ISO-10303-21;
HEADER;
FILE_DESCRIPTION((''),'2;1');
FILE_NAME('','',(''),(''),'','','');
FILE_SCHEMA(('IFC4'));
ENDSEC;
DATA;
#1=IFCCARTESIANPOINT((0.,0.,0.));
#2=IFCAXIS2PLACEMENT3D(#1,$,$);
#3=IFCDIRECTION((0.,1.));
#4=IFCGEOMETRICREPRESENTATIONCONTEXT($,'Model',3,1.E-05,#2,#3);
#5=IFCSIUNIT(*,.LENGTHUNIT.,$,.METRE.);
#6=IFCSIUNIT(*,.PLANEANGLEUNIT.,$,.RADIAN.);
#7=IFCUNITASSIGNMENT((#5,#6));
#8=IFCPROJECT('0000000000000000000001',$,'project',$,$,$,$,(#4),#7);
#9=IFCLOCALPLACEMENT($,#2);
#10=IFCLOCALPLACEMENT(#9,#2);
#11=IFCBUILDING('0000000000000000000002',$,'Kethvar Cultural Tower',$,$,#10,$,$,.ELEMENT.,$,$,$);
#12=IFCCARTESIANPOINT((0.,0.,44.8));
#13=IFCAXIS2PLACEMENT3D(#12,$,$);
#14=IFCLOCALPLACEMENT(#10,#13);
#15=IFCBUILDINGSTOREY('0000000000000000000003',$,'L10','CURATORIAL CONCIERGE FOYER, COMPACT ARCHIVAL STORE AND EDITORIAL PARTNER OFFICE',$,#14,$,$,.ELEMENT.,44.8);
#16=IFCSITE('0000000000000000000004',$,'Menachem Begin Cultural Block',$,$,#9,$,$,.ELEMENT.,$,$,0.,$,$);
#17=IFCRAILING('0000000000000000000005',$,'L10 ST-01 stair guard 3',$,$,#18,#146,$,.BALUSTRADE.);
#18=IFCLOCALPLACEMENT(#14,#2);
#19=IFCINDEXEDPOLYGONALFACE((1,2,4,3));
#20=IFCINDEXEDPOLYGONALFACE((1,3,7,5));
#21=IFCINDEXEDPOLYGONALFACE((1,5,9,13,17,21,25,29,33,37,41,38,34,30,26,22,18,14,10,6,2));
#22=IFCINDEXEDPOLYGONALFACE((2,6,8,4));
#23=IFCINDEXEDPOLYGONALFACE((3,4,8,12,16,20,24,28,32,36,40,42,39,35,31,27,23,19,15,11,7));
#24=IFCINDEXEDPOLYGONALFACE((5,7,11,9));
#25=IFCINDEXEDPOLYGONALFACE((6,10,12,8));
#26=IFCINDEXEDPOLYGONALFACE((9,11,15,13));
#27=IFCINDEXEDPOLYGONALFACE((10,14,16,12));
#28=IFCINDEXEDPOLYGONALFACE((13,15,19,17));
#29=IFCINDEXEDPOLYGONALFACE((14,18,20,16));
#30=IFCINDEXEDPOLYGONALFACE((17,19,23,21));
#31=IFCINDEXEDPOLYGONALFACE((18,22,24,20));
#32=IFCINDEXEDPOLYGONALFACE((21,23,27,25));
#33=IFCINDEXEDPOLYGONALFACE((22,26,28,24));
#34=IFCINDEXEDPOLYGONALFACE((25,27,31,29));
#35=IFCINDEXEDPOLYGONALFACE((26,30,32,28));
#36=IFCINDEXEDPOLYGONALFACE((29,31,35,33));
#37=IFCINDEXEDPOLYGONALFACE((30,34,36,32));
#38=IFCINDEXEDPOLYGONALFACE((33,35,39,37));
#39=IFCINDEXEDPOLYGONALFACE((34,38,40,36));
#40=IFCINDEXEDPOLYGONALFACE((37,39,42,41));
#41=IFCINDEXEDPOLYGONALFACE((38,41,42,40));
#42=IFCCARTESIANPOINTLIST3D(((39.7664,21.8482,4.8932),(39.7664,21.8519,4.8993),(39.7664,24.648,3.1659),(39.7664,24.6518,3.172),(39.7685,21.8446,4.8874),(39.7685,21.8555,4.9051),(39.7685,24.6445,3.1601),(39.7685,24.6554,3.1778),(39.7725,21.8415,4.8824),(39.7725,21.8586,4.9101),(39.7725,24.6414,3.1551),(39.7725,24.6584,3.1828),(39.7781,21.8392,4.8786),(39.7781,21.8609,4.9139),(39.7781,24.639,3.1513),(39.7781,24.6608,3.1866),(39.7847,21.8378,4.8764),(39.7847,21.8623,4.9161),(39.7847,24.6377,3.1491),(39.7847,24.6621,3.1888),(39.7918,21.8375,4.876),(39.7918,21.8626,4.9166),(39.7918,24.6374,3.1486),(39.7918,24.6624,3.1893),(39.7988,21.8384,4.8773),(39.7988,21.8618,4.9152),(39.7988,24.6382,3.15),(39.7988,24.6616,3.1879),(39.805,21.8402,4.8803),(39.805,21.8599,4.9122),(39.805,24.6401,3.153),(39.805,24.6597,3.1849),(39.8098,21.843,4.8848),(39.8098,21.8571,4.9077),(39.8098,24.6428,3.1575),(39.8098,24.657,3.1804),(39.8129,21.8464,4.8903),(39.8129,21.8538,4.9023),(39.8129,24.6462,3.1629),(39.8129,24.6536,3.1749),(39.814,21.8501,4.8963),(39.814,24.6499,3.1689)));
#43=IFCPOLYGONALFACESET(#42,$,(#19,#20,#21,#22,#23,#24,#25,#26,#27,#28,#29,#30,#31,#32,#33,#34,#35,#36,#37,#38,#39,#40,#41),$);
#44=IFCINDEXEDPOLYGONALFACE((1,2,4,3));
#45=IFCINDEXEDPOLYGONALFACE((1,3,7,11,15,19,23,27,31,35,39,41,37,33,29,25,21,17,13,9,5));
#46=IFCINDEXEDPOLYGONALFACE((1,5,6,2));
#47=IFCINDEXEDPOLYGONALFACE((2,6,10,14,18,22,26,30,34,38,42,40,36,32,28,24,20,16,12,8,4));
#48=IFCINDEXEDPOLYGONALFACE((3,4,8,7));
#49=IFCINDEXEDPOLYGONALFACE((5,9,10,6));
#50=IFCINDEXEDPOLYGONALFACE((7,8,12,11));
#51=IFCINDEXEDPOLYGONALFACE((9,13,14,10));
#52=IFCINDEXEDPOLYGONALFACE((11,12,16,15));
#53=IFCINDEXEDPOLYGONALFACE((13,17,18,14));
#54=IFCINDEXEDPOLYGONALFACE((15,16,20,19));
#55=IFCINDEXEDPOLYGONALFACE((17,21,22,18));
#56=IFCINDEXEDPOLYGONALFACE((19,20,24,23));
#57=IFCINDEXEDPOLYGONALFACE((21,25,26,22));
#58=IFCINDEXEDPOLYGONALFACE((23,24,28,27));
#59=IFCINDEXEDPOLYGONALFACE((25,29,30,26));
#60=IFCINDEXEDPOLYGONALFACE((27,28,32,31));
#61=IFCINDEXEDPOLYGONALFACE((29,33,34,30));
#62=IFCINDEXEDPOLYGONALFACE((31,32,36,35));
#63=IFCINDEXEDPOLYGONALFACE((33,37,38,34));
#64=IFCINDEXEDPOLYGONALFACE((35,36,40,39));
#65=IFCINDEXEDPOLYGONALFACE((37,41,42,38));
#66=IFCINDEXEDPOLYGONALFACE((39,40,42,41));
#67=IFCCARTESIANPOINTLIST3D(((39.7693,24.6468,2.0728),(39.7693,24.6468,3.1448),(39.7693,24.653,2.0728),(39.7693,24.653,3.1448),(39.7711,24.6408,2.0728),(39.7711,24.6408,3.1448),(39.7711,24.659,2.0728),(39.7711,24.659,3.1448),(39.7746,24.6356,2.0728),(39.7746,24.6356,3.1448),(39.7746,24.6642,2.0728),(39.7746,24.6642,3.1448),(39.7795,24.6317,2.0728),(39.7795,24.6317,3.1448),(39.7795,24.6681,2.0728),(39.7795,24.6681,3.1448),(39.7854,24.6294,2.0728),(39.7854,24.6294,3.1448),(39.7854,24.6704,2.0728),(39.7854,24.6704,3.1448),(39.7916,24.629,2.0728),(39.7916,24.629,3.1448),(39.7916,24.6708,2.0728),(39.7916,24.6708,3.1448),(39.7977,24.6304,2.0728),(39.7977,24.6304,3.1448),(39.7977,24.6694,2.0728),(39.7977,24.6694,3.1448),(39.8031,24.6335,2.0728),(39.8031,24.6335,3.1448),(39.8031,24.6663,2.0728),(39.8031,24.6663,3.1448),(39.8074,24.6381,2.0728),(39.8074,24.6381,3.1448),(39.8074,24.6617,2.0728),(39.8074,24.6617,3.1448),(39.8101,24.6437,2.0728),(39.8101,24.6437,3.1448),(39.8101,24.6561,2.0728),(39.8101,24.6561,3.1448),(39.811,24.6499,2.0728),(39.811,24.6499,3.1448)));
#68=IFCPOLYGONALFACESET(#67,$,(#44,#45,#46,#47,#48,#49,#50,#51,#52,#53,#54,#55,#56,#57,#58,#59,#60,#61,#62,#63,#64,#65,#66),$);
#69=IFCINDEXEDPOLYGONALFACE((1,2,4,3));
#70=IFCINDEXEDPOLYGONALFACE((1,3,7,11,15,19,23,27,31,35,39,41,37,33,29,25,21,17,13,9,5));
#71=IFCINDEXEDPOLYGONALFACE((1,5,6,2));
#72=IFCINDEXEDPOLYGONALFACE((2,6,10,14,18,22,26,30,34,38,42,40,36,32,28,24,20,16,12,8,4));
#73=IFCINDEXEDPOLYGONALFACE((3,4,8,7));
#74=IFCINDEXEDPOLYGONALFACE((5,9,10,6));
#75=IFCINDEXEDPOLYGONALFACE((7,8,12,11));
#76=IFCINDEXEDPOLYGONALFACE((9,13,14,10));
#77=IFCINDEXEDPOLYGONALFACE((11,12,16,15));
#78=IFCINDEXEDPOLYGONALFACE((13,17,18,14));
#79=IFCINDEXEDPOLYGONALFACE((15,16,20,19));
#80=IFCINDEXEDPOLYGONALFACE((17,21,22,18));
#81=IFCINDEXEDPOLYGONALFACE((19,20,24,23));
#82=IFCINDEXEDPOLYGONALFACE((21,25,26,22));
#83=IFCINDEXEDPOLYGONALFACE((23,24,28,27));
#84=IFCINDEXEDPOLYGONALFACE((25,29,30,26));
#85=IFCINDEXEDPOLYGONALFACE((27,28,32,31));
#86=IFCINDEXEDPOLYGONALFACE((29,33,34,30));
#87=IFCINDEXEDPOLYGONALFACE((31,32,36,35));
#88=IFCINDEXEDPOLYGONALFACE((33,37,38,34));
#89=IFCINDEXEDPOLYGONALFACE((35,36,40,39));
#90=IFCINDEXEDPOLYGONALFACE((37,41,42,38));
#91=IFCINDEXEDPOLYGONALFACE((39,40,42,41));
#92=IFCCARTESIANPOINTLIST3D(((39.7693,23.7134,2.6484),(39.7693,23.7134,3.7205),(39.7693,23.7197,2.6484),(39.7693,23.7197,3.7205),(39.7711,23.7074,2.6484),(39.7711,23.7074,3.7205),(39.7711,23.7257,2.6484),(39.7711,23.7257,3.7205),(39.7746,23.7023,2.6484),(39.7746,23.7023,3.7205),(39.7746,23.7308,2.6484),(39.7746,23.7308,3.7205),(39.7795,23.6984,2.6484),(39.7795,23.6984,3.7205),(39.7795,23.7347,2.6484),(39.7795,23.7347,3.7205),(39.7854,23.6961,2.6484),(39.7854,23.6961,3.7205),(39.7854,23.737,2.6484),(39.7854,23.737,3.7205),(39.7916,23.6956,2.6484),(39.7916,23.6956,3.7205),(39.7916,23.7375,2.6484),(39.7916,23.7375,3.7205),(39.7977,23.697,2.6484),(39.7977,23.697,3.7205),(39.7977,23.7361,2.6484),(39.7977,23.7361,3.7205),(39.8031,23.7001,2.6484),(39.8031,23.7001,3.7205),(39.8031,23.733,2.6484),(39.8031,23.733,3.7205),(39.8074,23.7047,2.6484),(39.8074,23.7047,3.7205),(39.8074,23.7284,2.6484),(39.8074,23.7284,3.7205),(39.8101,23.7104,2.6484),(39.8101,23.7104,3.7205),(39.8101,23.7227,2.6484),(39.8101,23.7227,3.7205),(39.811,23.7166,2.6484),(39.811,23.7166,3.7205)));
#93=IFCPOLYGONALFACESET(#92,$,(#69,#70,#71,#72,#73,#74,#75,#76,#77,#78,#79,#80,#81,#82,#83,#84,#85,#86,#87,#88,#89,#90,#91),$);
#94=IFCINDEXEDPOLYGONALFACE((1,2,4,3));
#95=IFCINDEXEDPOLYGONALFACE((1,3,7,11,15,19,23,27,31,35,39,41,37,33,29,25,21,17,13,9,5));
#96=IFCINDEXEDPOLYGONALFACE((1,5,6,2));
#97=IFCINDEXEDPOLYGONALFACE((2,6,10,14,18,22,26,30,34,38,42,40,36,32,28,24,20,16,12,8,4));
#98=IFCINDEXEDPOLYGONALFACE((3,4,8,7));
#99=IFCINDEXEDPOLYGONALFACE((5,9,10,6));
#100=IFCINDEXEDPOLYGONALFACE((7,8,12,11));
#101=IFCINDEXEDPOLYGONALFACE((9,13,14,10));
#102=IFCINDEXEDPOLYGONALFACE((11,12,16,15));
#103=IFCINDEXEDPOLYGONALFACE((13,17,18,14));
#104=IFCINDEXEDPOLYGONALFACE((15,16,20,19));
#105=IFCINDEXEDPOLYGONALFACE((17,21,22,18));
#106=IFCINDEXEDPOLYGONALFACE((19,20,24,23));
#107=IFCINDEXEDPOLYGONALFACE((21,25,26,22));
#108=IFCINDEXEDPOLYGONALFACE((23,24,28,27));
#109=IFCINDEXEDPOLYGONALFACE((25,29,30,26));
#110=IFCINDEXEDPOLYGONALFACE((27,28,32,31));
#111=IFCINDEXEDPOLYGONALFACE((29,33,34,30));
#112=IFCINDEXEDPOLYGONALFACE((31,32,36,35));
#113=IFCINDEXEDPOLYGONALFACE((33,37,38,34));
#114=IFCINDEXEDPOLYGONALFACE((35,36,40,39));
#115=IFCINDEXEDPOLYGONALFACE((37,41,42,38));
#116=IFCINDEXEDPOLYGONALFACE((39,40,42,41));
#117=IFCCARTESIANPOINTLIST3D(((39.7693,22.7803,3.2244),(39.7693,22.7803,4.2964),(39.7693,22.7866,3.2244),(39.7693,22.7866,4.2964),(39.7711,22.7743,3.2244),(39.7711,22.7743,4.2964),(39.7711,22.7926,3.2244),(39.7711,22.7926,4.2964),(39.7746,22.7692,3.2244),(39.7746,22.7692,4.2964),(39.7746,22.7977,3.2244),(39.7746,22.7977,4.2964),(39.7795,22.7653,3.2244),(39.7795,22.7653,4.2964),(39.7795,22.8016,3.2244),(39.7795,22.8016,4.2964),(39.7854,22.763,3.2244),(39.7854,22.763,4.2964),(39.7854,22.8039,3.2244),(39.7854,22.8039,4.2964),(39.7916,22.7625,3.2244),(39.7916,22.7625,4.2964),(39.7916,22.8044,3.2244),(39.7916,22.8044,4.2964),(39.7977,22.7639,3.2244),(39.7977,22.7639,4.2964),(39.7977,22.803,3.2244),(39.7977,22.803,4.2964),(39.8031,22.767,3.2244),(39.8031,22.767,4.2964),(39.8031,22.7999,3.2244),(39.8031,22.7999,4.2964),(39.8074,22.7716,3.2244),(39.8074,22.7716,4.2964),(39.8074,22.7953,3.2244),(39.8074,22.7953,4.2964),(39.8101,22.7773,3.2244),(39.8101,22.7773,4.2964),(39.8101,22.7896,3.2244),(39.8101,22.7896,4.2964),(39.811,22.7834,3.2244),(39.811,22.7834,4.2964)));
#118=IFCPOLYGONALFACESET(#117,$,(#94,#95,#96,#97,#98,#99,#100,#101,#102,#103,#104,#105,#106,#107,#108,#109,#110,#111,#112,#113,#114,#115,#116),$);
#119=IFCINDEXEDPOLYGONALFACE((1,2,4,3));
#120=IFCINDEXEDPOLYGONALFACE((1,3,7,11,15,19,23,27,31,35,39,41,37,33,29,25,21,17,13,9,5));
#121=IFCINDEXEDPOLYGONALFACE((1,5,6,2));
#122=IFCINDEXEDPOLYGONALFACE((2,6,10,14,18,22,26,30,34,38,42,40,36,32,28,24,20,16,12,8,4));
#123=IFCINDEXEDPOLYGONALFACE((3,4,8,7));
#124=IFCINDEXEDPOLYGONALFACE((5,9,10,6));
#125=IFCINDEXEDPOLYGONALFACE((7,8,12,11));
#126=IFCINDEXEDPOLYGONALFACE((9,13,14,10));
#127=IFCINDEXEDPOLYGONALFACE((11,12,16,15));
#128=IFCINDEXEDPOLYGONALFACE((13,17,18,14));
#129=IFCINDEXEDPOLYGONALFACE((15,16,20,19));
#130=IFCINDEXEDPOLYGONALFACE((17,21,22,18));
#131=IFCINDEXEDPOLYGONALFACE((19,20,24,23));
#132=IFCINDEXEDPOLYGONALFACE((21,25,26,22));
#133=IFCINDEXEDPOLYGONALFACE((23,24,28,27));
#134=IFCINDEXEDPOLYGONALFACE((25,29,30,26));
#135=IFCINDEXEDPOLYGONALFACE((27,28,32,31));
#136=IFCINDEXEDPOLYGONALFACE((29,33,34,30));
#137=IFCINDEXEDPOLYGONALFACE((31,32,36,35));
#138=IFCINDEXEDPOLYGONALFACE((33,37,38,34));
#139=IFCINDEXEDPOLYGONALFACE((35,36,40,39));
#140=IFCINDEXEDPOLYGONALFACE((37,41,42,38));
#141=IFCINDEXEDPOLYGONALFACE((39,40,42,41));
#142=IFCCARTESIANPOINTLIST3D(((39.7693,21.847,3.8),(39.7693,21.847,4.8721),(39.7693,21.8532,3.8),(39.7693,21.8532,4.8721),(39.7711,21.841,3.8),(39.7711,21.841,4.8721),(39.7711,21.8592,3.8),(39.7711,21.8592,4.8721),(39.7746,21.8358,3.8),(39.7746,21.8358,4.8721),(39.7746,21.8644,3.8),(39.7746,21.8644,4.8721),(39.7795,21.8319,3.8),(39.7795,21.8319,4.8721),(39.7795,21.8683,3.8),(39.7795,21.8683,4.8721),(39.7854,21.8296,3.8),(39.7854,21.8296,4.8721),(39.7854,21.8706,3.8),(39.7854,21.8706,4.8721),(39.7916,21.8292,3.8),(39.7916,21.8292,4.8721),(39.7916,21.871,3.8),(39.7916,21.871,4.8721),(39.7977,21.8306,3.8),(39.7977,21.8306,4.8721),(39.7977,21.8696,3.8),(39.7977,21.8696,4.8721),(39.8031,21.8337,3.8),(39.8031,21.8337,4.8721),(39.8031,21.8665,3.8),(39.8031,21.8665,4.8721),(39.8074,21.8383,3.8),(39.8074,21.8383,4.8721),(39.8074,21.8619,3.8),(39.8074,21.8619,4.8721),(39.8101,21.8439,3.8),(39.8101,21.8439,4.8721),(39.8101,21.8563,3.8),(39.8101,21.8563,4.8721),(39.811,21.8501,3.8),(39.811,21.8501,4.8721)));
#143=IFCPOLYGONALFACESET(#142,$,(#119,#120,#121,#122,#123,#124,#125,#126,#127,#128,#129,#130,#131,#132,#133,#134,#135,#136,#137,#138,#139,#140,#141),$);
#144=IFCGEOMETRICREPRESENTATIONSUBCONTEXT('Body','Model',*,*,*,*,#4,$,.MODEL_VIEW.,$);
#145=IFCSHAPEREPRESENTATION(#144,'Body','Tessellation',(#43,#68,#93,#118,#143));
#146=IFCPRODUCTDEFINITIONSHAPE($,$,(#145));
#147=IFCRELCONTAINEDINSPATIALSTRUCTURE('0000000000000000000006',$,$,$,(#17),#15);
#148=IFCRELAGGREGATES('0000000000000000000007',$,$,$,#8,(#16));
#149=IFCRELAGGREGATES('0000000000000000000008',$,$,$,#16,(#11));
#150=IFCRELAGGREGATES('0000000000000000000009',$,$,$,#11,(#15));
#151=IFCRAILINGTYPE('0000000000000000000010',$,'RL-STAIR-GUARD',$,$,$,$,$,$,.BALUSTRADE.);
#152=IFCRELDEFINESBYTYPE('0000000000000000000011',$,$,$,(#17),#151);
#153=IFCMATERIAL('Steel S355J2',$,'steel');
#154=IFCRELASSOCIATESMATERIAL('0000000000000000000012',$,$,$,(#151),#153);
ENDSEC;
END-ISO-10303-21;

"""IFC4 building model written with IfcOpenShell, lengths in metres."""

from ifc_helpers import new_model, si_unit, direction, frame, origin, origin_2d, place, context, subcontext, project, spatial, circle, extrude, material, type_object, element, save


model = new_model("IFC4")

# Units and contexts
model_context = context("Model", 3, precision=1e-05, world=origin(), true_north=direction((0.0, 1.0)))
body_context = subcontext(model_context, "Body", "Model", "MODEL_VIEW")
ifc_project = project(units=[si_unit("LENGTHUNIT", "METRE"), si_unit("PLANEANGLEUNIT", "RADIAN")], contexts=[model_context])

# Site, building, storey
site_placement = place(None, origin())
site = spatial("IfcSite", under=ifc_project, at=site_placement, Name="Menachem Begin Cultural Block", CompositionType="ELEMENT", RefElevation=0.0)
building_placement = place(site_placement, origin())
building = spatial("IfcBuilding", under=site, at=building_placement, Name="Kethvar Cultural Tower", CompositionType="ELEMENT")
storey_placement = place(building_placement, frame((0.0, 0.0, 44.8)))
storey = spatial("IfcBuildingStorey", under=building, at=storey_placement, Name="L10", Description="CURATORIAL CONCIERGE FOYER, COMPACT ARCHIVAL STORE AND EDITORIAL PARTNER OFFICE", CompositionType="ELEMENT", Elevation=44.8)

# Shared definitions
ifc_material_1 = material(Name="Steel S355J2", Category="steel")

# Railing
railing_type_1 = type_object("IfcRailingType", Name="RL-STAIR-GUARD", PredefinedType="BALUSTRADE", material=ifc_material_1)
railing_1_placement = place(storey_placement, frame((39.79, 24.6499, 2.0728)))
element("IfcRailing", 1, at=railing_1_placement, inside=storey, type_object=railing_type_1, Name="L10 ST-01 stair guard 3", PredefinedType="BALUSTRADE", context=body_context, shape_type="SweptSolid", body=[
    extrude(circle(Radius=0.0239, at=origin_2d()), frame((0.0, 0.0, 1.0962), z_axis=(0.0, -0.851069, 0.525054), x_axis=(1.0, 0.0, 0.0)), (0.0, 0.0, 1.0), 3.2898),
    extrude(circle(Radius=0.021, at=origin_2d()), origin(), (0.0, 0.0, 1.0), 1.072),
    extrude(circle(Radius=0.021, at=origin_2d()), frame((0.0, -0.9333, 0.5757)), (0.0, 0.0, 1.0), 1.072),
    extrude(circle(Radius=0.021, at=origin_2d()), frame((0.0, -1.8665, 1.1516)), (0.0, 0.0, 1.0), 1.072),
    extrude(circle(Radius=0.021, at=origin_2d()), frame((0.0, -2.7998, 1.7273)), (0.0, 0.0, 1.0), 1.072),
])

save(model, "model.ifc")
